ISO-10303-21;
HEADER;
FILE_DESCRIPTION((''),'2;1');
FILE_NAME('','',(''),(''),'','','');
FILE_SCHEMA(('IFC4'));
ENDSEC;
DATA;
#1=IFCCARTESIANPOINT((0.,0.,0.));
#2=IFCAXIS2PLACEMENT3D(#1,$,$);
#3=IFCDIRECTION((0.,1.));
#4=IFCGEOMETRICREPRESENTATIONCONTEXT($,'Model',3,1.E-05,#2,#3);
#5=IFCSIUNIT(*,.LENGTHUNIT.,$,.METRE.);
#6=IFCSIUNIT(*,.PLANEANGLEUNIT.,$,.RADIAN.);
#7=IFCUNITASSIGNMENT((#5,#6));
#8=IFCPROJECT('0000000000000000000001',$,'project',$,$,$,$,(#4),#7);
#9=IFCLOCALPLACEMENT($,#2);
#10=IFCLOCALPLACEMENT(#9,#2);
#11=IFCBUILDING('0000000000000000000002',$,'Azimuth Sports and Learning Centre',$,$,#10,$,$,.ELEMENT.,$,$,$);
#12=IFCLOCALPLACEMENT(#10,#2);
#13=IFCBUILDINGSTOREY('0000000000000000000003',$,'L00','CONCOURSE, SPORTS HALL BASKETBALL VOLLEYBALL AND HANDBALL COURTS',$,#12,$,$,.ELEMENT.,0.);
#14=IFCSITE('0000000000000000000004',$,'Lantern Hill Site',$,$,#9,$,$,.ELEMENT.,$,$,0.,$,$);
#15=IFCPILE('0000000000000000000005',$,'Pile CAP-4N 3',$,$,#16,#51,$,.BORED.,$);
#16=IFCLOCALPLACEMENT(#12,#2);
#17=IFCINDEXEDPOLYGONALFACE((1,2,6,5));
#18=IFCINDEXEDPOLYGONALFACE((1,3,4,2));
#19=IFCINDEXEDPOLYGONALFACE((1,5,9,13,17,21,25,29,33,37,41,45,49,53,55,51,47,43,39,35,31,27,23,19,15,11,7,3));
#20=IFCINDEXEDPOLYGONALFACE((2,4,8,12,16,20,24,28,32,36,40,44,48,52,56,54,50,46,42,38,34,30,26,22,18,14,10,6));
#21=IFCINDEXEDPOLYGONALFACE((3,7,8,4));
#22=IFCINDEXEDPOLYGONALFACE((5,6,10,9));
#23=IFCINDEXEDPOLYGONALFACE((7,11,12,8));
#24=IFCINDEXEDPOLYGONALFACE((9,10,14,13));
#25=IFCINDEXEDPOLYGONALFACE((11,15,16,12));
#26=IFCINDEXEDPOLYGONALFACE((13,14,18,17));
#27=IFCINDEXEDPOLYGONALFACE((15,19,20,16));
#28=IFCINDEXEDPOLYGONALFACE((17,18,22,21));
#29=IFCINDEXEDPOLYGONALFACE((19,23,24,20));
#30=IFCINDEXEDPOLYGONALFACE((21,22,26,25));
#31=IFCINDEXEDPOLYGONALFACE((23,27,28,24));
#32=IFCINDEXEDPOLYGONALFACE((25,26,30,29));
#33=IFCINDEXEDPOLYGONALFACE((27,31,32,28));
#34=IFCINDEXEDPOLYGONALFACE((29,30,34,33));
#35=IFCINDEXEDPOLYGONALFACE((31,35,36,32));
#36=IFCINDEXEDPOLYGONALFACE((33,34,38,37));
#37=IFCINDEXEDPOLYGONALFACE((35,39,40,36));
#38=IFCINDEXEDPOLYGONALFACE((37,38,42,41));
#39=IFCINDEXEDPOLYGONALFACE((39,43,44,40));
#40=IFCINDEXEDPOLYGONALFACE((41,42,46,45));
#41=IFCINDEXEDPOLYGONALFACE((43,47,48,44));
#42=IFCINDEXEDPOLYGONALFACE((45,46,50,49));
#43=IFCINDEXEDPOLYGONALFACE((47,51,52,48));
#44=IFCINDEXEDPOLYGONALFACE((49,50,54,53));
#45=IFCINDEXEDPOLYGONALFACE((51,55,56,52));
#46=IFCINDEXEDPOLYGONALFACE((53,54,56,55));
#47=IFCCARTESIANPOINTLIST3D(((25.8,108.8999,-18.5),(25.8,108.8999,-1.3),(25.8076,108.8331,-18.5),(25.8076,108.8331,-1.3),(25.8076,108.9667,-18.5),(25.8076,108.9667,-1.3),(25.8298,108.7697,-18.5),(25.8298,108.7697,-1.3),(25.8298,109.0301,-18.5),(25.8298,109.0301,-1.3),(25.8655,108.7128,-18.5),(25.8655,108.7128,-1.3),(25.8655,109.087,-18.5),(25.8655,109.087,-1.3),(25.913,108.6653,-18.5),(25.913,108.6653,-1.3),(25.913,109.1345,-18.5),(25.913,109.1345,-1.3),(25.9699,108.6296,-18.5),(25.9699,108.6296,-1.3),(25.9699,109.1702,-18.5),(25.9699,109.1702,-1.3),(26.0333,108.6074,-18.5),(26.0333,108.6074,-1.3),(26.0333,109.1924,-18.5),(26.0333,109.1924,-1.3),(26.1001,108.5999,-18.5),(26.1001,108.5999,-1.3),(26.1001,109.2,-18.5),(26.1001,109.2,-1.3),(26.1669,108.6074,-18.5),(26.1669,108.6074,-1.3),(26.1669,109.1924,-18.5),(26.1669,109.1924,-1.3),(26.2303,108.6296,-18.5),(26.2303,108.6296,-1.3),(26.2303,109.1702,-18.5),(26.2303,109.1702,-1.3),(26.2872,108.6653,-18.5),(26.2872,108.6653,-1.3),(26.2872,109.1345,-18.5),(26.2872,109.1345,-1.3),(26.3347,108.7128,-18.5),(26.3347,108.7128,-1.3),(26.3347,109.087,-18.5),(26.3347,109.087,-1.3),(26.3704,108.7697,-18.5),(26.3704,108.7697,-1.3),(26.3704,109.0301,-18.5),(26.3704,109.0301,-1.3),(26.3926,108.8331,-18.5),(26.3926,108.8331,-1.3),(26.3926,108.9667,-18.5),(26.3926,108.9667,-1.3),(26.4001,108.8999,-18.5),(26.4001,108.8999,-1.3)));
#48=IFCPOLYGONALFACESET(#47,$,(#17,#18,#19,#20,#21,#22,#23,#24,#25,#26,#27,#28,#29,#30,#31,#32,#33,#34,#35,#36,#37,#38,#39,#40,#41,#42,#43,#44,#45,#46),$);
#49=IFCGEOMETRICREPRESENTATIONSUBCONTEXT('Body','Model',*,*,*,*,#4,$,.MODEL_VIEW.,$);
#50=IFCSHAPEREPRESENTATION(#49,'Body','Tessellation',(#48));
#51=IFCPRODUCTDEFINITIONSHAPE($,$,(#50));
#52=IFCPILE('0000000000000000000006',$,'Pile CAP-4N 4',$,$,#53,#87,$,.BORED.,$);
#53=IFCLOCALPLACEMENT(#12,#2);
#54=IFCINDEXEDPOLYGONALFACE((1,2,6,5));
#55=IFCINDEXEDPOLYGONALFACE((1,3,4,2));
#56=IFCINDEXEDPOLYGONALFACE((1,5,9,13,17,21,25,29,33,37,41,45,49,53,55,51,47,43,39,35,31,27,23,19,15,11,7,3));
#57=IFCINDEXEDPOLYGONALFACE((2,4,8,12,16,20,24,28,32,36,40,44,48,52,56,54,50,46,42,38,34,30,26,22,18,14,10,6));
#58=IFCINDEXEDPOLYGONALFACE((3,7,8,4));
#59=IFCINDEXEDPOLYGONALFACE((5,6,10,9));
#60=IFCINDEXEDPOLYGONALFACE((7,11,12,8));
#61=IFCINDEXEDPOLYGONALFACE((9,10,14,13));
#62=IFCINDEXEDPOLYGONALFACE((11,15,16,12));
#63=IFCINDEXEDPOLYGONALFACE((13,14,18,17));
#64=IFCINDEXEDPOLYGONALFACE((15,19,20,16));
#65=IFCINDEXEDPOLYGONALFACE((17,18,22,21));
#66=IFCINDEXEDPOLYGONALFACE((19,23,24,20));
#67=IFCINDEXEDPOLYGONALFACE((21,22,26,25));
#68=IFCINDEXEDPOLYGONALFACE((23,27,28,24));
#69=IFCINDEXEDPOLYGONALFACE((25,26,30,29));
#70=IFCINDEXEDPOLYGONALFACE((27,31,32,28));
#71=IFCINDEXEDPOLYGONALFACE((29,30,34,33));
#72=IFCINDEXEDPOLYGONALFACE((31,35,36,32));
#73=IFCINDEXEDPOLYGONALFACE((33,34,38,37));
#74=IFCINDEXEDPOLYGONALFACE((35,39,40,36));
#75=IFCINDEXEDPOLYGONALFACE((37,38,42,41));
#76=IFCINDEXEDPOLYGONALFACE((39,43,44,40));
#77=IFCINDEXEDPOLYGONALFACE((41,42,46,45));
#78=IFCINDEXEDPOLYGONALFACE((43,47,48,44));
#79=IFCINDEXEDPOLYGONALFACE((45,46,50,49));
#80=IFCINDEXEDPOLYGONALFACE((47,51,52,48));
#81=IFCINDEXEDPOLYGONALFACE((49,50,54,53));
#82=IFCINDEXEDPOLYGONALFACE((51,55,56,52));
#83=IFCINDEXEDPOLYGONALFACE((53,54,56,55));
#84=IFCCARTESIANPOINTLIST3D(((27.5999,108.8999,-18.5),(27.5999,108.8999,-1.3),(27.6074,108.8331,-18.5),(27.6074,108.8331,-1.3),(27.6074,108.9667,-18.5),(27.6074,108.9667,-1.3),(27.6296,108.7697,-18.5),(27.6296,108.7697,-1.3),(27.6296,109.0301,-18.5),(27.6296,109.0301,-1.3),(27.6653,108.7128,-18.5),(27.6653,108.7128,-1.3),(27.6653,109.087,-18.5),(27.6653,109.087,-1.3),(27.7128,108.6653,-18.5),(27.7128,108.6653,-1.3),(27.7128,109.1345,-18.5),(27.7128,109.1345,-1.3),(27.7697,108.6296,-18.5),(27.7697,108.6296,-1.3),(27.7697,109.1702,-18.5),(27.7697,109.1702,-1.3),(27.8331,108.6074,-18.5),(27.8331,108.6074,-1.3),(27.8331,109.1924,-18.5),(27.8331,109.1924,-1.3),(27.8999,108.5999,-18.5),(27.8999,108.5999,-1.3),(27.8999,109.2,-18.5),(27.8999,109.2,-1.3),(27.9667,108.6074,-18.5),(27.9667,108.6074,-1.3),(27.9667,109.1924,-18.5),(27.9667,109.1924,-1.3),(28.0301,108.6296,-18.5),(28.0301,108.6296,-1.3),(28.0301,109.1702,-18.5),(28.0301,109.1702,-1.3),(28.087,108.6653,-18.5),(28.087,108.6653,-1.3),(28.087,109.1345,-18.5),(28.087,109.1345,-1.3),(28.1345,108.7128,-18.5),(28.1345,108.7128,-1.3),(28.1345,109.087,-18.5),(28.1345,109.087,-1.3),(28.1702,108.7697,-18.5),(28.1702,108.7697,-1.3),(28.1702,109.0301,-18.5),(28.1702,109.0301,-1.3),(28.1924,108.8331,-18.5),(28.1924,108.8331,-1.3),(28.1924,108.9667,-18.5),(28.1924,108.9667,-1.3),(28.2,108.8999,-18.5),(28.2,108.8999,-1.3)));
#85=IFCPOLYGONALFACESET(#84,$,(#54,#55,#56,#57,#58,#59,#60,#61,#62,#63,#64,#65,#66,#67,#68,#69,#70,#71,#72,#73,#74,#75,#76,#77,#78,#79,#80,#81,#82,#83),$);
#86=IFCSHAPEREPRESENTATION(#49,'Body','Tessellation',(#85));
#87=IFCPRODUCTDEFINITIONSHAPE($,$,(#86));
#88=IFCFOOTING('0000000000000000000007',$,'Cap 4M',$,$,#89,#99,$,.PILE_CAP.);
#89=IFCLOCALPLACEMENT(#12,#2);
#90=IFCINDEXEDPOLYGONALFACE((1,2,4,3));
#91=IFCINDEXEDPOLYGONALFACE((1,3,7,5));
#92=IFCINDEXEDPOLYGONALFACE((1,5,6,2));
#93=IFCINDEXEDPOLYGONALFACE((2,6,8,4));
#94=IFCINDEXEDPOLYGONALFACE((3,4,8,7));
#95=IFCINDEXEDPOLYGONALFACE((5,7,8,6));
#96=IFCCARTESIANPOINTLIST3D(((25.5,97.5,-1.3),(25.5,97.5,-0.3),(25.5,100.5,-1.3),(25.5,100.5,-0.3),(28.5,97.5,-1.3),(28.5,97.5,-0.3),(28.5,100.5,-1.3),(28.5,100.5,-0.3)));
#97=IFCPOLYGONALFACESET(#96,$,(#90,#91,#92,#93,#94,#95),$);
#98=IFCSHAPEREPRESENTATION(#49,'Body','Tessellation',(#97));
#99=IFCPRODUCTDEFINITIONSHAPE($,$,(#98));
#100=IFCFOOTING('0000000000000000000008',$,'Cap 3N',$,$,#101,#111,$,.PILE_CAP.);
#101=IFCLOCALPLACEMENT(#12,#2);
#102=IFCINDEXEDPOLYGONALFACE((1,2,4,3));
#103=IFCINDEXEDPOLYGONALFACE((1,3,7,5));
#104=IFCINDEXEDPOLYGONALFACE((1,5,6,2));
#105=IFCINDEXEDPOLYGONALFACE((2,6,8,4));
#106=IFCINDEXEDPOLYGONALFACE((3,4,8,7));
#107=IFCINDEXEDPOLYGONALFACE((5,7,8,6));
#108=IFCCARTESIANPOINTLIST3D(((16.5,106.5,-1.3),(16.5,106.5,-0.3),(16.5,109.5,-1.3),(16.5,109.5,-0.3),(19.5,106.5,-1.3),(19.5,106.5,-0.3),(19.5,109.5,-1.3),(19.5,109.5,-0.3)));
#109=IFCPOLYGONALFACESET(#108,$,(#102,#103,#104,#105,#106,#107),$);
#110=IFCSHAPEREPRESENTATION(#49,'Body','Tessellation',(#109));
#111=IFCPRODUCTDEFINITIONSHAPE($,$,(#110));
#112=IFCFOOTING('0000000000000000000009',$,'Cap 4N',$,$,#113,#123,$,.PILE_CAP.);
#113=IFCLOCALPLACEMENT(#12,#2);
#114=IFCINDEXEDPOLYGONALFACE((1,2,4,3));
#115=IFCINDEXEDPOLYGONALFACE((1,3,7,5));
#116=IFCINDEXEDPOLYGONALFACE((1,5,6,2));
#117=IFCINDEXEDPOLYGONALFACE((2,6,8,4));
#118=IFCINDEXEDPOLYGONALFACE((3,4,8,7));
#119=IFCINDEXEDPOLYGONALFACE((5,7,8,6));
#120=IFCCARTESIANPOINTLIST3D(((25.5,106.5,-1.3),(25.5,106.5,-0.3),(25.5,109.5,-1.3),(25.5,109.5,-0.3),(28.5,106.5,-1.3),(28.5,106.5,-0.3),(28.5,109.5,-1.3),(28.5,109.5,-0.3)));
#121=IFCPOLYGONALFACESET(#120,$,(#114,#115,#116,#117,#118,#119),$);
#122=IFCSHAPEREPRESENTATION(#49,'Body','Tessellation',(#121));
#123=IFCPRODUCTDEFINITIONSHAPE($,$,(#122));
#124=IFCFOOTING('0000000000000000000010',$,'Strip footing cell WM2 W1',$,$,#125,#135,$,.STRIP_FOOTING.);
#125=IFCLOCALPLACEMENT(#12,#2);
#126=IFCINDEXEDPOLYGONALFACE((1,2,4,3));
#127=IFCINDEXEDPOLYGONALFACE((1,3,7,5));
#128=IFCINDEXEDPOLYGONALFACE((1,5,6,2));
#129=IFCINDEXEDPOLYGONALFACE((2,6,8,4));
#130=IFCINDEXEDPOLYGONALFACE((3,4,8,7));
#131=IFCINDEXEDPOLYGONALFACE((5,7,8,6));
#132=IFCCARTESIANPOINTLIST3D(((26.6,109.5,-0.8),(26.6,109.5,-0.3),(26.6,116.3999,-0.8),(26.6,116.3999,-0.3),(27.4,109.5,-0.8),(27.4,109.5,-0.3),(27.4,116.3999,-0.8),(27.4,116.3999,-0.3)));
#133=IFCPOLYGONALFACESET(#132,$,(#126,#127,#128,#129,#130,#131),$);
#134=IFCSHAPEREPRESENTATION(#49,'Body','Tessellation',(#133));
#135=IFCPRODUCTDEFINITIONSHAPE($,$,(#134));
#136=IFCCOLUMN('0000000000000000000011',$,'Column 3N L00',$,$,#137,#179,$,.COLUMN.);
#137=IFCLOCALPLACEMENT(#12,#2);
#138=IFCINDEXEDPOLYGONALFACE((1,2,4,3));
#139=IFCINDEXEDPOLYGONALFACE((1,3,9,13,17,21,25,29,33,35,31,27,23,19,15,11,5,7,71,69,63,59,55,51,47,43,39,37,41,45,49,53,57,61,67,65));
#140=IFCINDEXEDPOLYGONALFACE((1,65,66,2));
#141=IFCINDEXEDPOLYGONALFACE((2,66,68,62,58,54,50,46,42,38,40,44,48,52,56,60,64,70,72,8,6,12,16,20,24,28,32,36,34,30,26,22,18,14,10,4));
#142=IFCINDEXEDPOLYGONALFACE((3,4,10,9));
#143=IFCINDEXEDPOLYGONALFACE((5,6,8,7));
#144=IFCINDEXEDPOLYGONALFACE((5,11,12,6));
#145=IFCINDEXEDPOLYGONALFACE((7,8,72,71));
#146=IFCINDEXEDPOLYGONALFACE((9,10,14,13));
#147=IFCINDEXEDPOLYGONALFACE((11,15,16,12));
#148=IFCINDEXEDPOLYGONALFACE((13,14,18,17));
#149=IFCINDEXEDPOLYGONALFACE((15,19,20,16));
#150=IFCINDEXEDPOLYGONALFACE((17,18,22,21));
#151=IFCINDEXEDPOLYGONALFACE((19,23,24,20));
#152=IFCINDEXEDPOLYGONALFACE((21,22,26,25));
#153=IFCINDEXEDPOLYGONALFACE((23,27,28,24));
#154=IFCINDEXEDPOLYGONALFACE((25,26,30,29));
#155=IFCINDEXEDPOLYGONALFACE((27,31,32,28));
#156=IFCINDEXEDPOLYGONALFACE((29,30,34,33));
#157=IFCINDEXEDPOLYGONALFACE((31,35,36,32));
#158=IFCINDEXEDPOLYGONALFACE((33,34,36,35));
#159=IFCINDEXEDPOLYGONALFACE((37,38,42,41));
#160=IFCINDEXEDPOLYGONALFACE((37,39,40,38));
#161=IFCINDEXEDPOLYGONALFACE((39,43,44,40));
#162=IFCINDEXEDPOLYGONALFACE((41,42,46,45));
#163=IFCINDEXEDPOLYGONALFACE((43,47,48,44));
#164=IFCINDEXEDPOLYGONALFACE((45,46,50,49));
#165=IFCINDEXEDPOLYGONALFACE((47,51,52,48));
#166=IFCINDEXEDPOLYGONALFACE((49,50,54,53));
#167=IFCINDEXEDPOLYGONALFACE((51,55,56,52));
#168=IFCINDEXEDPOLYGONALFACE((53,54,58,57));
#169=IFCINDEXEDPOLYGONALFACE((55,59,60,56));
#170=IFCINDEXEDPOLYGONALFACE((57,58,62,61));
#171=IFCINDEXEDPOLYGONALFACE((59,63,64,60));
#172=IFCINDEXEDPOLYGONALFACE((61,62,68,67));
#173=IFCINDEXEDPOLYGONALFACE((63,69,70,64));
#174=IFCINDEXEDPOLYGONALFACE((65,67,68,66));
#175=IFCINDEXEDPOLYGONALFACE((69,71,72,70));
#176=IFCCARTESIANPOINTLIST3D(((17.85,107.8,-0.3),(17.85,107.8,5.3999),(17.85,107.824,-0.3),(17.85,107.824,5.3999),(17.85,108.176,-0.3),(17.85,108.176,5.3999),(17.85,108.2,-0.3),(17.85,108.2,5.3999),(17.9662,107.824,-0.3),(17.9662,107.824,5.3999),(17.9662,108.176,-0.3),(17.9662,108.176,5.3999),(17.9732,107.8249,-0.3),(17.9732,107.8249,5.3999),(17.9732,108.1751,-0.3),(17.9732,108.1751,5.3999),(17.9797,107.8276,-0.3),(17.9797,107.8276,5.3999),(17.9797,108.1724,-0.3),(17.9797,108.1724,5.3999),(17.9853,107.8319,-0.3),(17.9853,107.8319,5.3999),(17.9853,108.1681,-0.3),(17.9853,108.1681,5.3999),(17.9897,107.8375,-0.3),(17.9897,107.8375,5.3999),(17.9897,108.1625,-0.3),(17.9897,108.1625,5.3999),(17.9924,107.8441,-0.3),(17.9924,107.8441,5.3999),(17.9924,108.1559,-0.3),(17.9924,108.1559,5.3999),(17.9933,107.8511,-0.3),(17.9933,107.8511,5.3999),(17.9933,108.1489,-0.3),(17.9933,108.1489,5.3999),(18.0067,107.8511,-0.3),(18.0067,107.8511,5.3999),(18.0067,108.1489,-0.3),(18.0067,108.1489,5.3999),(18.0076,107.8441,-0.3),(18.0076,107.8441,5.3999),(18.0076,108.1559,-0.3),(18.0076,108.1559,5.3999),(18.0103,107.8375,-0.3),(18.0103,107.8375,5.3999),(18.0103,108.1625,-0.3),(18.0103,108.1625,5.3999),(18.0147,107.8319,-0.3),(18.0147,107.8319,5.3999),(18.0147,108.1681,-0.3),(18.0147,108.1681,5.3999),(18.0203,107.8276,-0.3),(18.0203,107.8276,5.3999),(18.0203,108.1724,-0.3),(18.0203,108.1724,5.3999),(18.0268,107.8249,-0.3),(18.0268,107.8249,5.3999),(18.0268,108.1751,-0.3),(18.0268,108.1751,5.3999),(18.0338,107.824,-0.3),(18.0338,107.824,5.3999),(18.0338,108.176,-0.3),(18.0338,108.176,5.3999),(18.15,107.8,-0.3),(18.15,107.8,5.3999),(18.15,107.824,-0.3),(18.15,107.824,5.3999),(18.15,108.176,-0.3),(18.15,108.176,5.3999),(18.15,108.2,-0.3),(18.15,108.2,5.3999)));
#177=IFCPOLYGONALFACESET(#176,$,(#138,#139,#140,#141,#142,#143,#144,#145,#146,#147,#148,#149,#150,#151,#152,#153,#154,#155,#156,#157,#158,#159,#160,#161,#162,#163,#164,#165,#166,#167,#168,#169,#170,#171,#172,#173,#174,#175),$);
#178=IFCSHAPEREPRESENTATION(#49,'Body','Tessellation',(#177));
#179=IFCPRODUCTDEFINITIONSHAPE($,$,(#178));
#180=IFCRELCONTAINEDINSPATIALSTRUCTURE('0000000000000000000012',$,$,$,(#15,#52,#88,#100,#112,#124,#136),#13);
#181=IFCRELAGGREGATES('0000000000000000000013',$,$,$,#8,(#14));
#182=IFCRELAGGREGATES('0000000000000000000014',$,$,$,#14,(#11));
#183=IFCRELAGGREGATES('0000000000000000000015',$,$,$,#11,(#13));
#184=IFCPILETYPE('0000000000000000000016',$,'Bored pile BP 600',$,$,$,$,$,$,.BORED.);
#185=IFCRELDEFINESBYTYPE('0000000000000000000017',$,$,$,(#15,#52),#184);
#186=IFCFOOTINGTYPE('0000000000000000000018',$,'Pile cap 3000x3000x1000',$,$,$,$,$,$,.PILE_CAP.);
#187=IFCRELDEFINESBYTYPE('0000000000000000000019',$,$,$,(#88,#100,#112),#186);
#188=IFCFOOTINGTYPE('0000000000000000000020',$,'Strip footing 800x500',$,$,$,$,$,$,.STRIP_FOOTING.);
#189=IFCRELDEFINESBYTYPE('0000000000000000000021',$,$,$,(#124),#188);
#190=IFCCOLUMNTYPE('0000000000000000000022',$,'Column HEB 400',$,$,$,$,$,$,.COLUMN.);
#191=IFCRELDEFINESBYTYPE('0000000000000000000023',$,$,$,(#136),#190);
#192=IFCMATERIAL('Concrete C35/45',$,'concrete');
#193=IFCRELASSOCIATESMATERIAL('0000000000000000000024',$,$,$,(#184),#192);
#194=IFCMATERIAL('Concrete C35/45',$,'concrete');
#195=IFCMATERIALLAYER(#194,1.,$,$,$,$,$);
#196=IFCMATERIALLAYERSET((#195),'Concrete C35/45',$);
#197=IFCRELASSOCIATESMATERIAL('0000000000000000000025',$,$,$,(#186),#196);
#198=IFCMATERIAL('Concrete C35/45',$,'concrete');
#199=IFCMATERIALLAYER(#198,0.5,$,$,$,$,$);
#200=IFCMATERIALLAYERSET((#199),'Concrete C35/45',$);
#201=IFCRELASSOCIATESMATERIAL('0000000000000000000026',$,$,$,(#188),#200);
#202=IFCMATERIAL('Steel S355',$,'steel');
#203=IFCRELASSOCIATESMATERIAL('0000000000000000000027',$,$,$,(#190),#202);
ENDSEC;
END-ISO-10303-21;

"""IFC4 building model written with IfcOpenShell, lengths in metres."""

from ifc_helpers import new_model, si_unit, direction, frame, origin, origin_2d, place, context, subcontext, project, spatial, rectangle, circle, i_section, extrude, material, layer, layer_set, material_profile, profile_set, type_object, element, save


model = new_model("IFC4")

# Units and contexts
model_context = context("Model", 3, precision=1e-05, world=origin(), true_north=direction((0.0, 1.0)))
body_context = subcontext(model_context, "Body", "Model", "MODEL_VIEW")
ifc_project = project(units=[si_unit("LENGTHUNIT", "METRE"), si_unit("PLANEANGLEUNIT", "RADIAN")], contexts=[model_context])

# Site, building, storey
site_placement = place(None, origin())
site = spatial("IfcSite", under=ifc_project, at=site_placement, Name="Lantern Hill Site", CompositionType="ELEMENT", RefElevation=0.0)
building_placement = place(site_placement, origin())
building = spatial("IfcBuilding", under=site, at=building_placement, Name="Azimuth Sports and Learning Centre", CompositionType="ELEMENT")
storey_placement = place(building_placement, origin())
storey = spatial("IfcBuildingStorey", under=building, at=storey_placement, Name="L00", Description="CONCOURSE, SPORTS HALL BASKETBALL VOLLEYBALL AND HANDBALL COURTS", CompositionType="ELEMENT", Elevation=0.0)

# Piles
ifc_material_1 = material(Name="Concrete C35/45", Category="concrete")
ifc_material_profile_1 = material_profile(ifc_material_1, circle(Radius=0.3, at=origin_2d()), Name="BP 600")
ifc_profile_set_1 = profile_set([ifc_material_profile_1], Name="Concrete C35/45")
pile_type = type_object("IfcPileType", Name="Bored pile BP 600", PredefinedType="BORED", material=ifc_profile_set_1)
for number, where, z_axis, x_axis, name in (
    (1, (26.1001, 108.8999, -1.3), (0.0, 0.0, -1.0), (1.0, 0.0, 0.0), "Pile CAP-4N 3"),
    (2, (27.8999, 108.8999, -1.3), (0.0, 0.0, -1.0), (1.0, 0.0, 0.0), "Pile CAP-4N 4"),
):
    element("IfcPile", number, at=place(storey_placement, frame(where, z_axis=z_axis, x_axis=x_axis)), inside=storey, type_object=pile_type, Name=name, PredefinedType="BORED", context=body_context, shape_type="SweptSolid", body=[
        extrude(circle(Radius=0.3, at=origin_2d()), origin(), (0.0, 0.0, 1.0), 17.2),
    ])

# Footings
ifc_material_2 = material(Name="Concrete C35/45", Category="concrete")
ifc_layer_1 = layer(ifc_material_2, 1.0)
ifc_layer_set_1 = layer_set([ifc_layer_1], Name="Concrete C35/45")
footing_type_1 = type_object("IfcFootingType", Name="Pile cap 3000x3000x1000", PredefinedType="PILE_CAP", material=ifc_layer_set_1)
for number, where, z_axis, x_axis, name in (
    (3, (27.0, 99.0, -1.3), (0.0, 0.0, 1.0), (1.0, 0.0, 0.0), "Cap 4M"),
    (4, (18.0, 108.0, -1.3), (0.0, 0.0, 1.0), (1.0, 0.0, 0.0), "Cap 3N"),
    (5, (27.0, 108.0, -1.3), (0.0, 0.0, 1.0), (1.0, 0.0, 0.0), "Cap 4N"),
):
    element("IfcFooting", number, at=place(storey_placement, frame(where, z_axis=z_axis, x_axis=x_axis)), inside=storey, type_object=footing_type_1, Name=name, PredefinedType="PILE_CAP", context=body_context, shape_type="SweptSolid", body=[
        extrude(rectangle(XDim=3.0, YDim=3.0, at=origin_2d()), origin(), (0.0, 0.0, 1.0), 1.0),
    ])
ifc_material_3 = material(Name="Concrete C35/45", Category="concrete")
ifc_layer_2 = layer(ifc_material_3, 0.5)
ifc_layer_set_2 = layer_set([ifc_layer_2], Name="Concrete C35/45")
footing_type_2 = type_object("IfcFootingType", Name="Strip footing 800x500", PredefinedType="STRIP_FOOTING", material=ifc_layer_set_2)
footing_placement = place(storey_placement, frame((27.0, 112.95, -0.8), z_axis=(0.0, 0.0, 1.0), x_axis=(1.0, 0.0, 0.0)))
element("IfcFooting", 6, at=footing_placement, inside=storey, type_object=footing_type_2, Name="Strip footing cell WM2 W1", PredefinedType="STRIP_FOOTING", context=body_context, shape_type="SweptSolid", body=[
    extrude(rectangle(XDim=0.8, YDim=6.8999, at=origin_2d()), origin(), (0.0, 0.0, 1.0), 0.5),
])

# Column
ifc_material_4 = material(Name="Steel S355", Category="steel")
ifc_material_profile_2 = material_profile(ifc_material_4, i_section(OverallWidth=0.3, OverallDepth=0.3999, WebThickness=0.0134, FlangeThickness=0.0239, FilletRadius=0.0271, at=origin_2d()), Name="HEB 400")
ifc_profile_set_2 = profile_set([ifc_material_profile_2], Name="Steel S355")
column_type = type_object("IfcColumnType", Name="Column HEB 400", PredefinedType="COLUMN", material=ifc_profile_set_2)
for number, where, z_axis, x_axis, name in (
    (7, (18.0, 108.0, -0.3), (0.0, 0.0, 1.0), (1.0, 0.0, 0.0), "Column 3N L00"),
):
    element("IfcColumn", number, at=place(storey_placement, frame(where, z_axis=z_axis, x_axis=x_axis)), inside=storey, type_object=column_type, Name=name, PredefinedType="COLUMN", context=body_context, shape_type="SweptSolid", body=[
        extrude(i_section(OverallWidth=0.3, OverallDepth=0.3999, WebThickness=0.0134, FlangeThickness=0.0239, FilletRadius=0.0271, at=origin_2d()), origin(), (0.0, 0.0, 1.0), 5.7),
    ])

save(model, "model.ifc")
